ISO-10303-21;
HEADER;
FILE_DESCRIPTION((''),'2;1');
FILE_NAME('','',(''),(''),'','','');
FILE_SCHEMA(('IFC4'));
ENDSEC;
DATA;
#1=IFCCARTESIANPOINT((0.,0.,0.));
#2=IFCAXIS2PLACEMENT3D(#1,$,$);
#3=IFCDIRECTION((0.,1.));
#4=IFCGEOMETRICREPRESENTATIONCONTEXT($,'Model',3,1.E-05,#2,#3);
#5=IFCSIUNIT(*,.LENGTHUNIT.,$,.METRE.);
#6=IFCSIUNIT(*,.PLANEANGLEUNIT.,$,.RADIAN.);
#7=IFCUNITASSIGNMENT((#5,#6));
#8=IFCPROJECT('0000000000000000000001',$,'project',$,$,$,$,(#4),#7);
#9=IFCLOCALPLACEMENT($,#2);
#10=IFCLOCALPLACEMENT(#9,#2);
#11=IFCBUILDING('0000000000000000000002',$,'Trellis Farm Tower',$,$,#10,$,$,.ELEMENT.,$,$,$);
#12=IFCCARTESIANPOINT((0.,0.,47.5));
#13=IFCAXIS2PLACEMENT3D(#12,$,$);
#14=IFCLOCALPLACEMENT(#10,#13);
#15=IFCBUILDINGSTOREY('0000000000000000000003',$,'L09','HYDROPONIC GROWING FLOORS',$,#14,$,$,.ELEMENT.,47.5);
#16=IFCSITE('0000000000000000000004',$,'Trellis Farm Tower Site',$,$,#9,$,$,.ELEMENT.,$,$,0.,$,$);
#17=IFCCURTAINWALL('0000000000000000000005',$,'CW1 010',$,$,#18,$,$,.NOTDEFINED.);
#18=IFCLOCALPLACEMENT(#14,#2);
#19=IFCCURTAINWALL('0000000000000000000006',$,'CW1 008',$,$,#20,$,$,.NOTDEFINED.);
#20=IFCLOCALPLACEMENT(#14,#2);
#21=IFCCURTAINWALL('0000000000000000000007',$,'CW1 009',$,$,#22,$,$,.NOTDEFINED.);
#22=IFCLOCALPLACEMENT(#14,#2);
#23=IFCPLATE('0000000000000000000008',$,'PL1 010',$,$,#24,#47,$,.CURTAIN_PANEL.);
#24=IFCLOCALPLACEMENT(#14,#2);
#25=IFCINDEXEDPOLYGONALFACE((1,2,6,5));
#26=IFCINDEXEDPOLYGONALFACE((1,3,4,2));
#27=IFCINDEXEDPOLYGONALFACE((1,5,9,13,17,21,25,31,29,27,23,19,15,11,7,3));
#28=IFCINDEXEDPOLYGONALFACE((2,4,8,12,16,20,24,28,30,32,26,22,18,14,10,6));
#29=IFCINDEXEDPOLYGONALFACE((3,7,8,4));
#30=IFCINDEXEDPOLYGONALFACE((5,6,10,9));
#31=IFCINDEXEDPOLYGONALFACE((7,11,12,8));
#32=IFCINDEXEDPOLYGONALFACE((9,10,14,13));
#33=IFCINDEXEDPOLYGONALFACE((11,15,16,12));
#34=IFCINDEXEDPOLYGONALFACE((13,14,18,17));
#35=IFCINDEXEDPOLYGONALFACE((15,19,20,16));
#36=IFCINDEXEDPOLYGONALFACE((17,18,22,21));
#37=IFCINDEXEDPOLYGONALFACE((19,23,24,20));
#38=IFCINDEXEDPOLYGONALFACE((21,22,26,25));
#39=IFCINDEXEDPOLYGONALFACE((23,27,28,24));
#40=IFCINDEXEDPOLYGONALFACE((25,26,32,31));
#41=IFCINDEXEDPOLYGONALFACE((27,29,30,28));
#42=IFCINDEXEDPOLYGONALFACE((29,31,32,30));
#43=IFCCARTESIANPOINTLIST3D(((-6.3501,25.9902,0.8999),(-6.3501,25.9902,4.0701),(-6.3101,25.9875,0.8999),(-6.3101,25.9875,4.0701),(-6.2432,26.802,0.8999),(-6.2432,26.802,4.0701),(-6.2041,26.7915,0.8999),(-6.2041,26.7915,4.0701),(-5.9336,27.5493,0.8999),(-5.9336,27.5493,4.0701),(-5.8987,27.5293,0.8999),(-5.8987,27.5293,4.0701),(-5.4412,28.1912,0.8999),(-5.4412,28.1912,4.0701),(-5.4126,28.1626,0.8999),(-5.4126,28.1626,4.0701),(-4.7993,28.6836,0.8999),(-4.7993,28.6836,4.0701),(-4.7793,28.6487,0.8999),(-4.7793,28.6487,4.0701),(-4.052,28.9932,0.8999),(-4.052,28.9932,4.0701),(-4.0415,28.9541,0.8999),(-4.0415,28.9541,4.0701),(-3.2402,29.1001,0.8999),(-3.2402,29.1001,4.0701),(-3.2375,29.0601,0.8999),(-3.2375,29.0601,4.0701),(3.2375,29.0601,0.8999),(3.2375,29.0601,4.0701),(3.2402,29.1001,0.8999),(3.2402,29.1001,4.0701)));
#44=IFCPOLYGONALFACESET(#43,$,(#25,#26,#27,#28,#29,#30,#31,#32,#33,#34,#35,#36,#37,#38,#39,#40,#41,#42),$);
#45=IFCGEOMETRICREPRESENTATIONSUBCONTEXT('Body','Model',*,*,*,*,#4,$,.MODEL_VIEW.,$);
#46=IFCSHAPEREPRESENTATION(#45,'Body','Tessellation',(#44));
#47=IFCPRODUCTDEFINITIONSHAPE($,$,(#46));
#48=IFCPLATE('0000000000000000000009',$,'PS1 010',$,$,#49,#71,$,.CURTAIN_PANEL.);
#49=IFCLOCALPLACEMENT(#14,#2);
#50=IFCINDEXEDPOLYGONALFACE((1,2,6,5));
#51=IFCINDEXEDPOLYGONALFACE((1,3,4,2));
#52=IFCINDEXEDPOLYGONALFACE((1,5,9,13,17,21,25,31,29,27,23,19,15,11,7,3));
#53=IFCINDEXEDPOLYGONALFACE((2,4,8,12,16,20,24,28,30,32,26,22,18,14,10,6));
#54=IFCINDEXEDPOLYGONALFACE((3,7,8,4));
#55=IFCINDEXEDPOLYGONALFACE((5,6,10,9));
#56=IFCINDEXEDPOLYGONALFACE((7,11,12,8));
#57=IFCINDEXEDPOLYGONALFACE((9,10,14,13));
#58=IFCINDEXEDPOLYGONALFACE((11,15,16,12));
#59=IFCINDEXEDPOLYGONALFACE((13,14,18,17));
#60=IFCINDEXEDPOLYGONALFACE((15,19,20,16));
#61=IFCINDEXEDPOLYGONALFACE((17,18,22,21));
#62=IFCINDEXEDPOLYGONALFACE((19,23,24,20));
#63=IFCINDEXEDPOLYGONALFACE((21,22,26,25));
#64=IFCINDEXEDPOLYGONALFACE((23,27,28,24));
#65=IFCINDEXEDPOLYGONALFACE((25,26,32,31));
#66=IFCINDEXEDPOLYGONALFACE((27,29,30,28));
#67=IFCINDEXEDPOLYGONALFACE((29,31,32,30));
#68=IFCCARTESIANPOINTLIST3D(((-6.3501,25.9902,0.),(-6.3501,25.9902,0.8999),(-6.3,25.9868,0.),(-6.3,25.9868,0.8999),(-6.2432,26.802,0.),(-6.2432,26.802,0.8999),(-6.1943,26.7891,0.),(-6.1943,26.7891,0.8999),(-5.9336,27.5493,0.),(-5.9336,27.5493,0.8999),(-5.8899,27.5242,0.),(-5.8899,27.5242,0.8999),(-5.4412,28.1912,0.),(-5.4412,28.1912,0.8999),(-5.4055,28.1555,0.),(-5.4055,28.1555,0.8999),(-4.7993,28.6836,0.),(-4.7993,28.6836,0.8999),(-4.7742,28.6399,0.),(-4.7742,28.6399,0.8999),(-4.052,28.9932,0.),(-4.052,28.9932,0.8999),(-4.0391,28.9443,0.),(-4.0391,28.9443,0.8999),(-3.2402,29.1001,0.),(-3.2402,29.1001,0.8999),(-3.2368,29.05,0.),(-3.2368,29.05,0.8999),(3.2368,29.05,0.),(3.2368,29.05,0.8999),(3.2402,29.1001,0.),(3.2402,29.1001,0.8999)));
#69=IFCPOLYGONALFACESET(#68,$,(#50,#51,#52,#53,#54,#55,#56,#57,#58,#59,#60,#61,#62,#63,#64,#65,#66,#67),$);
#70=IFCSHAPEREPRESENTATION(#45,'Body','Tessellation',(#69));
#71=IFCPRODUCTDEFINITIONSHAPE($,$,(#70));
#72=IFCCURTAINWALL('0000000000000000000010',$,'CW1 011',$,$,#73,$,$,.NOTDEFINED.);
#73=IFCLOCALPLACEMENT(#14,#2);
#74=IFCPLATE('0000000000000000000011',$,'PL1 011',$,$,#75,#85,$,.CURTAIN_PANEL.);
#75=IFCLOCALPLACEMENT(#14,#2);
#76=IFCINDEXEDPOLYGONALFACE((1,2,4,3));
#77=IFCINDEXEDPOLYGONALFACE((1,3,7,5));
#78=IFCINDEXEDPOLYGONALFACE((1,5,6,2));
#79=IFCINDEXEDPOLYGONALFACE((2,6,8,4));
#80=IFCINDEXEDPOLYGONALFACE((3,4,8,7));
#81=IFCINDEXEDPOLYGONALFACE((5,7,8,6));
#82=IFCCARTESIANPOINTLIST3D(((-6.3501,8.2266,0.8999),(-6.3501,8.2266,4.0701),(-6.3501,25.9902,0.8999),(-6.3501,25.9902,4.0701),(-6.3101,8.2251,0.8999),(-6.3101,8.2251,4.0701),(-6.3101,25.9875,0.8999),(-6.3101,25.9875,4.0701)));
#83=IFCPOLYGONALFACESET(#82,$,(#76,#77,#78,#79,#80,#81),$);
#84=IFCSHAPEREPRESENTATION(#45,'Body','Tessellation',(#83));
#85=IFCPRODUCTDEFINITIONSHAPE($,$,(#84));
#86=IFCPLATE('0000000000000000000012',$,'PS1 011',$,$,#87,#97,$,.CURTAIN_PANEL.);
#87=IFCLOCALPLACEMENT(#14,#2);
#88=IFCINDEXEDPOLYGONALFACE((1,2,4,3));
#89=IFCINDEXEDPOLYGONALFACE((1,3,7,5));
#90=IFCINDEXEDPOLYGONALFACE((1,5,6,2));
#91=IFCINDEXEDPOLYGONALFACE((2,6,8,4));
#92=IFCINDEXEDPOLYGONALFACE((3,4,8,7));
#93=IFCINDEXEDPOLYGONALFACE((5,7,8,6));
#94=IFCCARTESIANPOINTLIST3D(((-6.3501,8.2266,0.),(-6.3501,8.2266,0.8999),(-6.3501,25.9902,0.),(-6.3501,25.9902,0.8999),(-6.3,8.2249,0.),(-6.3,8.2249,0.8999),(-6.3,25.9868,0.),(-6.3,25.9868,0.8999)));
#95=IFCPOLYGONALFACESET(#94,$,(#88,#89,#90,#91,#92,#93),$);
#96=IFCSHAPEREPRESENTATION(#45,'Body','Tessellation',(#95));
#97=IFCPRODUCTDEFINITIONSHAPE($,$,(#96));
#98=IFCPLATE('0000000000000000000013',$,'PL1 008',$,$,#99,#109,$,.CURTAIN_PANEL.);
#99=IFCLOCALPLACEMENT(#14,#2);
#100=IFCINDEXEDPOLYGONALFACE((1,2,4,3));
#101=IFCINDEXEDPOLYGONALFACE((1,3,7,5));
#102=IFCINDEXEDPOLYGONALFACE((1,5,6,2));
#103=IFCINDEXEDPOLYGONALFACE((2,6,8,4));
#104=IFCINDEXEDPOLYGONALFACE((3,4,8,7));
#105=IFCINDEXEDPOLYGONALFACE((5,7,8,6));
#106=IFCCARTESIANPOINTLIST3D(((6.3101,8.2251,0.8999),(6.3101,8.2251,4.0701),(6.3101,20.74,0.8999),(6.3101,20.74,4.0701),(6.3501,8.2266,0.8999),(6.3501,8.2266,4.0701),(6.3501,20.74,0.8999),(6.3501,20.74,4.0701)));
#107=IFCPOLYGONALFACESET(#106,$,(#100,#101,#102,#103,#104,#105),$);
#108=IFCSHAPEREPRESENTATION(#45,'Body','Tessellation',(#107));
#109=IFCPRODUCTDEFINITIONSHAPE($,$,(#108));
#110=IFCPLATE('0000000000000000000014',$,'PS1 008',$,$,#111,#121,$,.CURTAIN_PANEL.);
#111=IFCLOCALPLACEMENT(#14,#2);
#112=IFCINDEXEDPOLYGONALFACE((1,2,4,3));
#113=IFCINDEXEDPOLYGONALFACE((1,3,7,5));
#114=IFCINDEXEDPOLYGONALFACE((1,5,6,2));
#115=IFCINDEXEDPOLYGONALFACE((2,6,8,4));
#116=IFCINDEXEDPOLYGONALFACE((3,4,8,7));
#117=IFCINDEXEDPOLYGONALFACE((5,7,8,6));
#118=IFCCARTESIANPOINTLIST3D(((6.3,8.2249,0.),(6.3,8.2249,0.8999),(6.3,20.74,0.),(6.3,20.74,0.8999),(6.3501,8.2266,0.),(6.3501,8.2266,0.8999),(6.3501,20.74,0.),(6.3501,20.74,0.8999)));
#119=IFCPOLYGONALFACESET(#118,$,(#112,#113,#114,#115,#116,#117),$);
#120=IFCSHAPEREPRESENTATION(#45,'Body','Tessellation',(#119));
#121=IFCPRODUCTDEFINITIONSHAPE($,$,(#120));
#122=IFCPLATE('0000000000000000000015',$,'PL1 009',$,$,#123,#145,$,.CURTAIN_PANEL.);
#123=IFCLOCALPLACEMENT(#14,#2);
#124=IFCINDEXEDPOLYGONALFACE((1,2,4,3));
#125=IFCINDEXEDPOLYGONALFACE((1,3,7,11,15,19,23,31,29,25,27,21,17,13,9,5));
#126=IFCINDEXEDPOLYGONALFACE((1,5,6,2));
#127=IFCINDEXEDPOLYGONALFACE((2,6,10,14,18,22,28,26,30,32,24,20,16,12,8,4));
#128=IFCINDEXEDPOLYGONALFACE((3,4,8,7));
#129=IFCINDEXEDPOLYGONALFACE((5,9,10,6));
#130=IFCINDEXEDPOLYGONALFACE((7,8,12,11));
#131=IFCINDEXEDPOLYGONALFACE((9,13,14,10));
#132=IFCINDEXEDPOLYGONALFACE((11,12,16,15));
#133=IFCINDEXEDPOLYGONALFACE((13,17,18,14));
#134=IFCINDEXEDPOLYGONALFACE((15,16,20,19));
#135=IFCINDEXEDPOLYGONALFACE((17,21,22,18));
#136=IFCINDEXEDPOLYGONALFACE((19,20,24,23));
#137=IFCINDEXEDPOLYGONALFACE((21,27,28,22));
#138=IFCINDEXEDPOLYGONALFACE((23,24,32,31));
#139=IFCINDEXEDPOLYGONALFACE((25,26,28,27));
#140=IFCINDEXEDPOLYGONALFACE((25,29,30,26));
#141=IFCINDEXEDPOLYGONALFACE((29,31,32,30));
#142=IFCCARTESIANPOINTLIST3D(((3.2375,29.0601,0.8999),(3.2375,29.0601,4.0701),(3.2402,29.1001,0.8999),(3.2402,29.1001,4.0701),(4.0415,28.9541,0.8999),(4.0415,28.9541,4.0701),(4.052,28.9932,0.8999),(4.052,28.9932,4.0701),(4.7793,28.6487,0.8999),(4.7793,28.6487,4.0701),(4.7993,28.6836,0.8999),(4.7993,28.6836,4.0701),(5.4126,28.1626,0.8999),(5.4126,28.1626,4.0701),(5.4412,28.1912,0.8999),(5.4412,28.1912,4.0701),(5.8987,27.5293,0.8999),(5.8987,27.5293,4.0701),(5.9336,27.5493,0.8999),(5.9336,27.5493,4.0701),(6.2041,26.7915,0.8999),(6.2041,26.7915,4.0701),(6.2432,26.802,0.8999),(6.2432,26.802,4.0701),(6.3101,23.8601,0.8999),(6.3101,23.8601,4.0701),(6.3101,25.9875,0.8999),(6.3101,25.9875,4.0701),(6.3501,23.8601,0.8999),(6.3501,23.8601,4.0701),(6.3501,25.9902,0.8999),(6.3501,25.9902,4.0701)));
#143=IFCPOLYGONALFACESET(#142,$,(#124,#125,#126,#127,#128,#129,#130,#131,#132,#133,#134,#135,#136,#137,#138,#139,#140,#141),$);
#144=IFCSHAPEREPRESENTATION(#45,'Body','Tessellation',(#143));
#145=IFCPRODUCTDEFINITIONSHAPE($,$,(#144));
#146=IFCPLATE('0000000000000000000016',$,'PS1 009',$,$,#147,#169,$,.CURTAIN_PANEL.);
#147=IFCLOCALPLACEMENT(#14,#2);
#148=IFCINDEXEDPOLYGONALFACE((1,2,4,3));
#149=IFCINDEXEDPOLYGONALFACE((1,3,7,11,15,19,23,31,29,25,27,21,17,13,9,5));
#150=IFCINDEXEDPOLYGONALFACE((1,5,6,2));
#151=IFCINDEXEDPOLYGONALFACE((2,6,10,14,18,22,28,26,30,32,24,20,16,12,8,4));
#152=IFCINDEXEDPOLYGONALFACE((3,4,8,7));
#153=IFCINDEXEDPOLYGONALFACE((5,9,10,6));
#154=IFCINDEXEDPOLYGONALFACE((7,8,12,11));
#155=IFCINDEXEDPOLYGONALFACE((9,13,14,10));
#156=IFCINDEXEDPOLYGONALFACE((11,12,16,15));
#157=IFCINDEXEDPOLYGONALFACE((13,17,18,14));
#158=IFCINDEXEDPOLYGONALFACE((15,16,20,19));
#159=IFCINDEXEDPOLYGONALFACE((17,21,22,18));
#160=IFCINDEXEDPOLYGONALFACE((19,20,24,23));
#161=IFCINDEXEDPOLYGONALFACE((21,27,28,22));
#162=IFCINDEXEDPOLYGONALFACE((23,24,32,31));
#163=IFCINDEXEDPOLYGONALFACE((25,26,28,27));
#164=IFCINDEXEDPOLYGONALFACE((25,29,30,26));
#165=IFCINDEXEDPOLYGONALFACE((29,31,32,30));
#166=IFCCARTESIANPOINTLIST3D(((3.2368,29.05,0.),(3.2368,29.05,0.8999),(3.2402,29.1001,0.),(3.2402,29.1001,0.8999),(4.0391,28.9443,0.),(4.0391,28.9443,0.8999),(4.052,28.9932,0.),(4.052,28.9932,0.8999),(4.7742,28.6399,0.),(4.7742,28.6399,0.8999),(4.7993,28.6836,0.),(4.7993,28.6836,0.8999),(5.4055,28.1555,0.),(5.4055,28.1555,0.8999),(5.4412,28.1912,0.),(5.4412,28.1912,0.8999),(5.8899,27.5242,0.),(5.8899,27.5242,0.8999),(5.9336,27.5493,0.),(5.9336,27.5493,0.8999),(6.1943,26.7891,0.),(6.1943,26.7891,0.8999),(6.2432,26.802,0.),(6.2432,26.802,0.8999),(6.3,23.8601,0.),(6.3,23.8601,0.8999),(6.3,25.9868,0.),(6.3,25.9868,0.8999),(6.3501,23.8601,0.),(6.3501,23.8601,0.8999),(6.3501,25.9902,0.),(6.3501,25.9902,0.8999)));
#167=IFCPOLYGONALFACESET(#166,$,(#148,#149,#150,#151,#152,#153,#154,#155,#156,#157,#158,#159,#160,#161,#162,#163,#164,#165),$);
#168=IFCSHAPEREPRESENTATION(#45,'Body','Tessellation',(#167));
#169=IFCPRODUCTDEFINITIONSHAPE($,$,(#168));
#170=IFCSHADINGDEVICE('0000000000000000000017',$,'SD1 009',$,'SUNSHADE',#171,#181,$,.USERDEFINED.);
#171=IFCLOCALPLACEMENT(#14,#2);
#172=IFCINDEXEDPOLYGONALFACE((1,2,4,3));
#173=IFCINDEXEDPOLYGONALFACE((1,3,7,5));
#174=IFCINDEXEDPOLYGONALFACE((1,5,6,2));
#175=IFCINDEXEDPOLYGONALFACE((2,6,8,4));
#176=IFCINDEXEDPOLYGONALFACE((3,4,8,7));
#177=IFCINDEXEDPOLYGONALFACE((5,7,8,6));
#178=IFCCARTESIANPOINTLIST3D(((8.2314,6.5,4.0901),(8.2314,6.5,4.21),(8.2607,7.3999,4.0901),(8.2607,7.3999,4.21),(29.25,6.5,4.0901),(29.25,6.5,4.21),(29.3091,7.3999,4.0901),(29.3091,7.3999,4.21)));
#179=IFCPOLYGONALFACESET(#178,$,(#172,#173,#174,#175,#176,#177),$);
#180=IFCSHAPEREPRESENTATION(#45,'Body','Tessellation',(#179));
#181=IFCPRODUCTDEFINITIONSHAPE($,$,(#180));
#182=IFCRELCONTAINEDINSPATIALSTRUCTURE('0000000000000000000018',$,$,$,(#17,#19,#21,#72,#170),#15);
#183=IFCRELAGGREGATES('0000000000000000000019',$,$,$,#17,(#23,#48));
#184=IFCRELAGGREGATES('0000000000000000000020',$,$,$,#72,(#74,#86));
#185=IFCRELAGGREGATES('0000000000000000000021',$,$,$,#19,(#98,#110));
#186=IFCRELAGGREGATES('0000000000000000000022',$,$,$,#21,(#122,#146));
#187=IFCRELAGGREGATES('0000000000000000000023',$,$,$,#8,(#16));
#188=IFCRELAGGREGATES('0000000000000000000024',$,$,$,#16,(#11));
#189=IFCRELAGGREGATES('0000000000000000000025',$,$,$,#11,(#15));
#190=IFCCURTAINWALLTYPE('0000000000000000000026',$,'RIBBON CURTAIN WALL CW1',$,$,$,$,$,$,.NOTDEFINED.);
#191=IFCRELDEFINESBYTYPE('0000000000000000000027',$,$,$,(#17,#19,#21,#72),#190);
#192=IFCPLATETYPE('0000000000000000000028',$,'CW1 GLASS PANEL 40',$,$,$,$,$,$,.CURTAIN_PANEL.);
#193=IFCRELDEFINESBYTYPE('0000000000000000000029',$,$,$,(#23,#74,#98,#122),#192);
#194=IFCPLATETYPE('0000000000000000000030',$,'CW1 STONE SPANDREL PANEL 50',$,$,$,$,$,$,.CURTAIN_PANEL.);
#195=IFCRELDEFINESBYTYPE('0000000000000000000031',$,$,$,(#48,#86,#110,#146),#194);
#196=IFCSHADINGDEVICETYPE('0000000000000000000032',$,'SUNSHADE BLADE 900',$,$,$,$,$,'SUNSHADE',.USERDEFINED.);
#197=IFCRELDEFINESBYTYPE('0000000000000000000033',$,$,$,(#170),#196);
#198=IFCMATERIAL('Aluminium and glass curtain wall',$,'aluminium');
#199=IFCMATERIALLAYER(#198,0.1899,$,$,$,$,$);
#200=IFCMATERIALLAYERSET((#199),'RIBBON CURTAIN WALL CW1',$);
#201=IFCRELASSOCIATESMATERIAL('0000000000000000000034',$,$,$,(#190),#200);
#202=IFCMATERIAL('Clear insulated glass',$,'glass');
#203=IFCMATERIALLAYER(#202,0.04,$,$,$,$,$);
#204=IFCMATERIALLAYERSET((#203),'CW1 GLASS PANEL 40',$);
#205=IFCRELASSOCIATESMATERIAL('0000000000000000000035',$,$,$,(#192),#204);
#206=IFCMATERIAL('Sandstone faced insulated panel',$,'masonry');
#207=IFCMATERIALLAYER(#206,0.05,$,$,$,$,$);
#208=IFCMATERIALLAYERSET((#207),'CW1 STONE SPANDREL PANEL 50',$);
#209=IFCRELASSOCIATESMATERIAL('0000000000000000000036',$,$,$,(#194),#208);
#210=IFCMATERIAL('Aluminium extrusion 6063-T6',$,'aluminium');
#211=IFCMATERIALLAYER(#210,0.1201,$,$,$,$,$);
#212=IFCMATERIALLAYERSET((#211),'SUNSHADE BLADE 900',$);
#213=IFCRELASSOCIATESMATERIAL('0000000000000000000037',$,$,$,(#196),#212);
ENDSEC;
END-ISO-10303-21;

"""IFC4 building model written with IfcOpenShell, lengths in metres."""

from ifc_helpers import new_model, si_unit, direction, frame, origin, place, context, subcontext, project, spatial, polyline, outline, extrude, source, transform, mapped, material, layer, layer_set, type_object, element, aggregate, save


model = new_model("IFC4")

# Units and contexts
model_context = context("Model", 3, precision=1e-05, world=origin(), true_north=direction((0.0, 1.0)))
body_context = subcontext(model_context, "Body", "Model", "MODEL_VIEW")
ifc_project = project(units=[si_unit("LENGTHUNIT", "METRE"), si_unit("PLANEANGLEUNIT", "RADIAN")], contexts=[model_context])

# Site, building, storey
site_placement = place(None, origin())
site = spatial("IfcSite", under=ifc_project, at=site_placement, Name="Trellis Farm Tower Site", CompositionType="ELEMENT", RefElevation=0.0)
building_placement = place(site_placement, origin())
building = spatial("IfcBuilding", under=site, at=building_placement, Name="Trellis Farm Tower", CompositionType="ELEMENT")
storey_placement = place(building_placement, frame((0.0, 0.0, 47.5)))
storey = spatial("IfcBuildingStorey", under=building, at=storey_placement, Name="L09", Description="HYDROPONIC GROWING FLOORS", CompositionType="ELEMENT", Elevation=47.5)

# Curtain walls
ifc_material_1 = material(Name="Aluminium and glass curtain wall", Category="aluminium")
ifc_layer_1 = layer(ifc_material_1, 0.1899)
ifc_layer_set_1 = layer_set([ifc_layer_1], Name="RIBBON CURTAIN WALL CW1")
curtain_wall_type_1 = type_object("IfcCurtainWallType", Name="RIBBON CURTAIN WALL CW1", PredefinedType="NOTDEFINED", material=ifc_layer_set_1)
placement_1 = place(storey_placement, origin())
ifc_material_2 = material(Name="Aluminium extrusion 6063-T6", Category="aluminium")
curtain_wall_1 = element("IfcCurtainWall", 1, at=placement_1, inside=storey, type_object=curtain_wall_type_1, Name="CW1 010", PredefinedType="NOTDEFINED")
curtain_wall_2 = element("IfcCurtainWall", 2, at=placement_1, inside=storey, type_object=curtain_wall_type_1, Name="CW1 008", PredefinedType="NOTDEFINED")
curtain_wall_3 = element("IfcCurtainWall", 3, at=placement_1, inside=storey, type_object=curtain_wall_type_1, Name="CW1 009", PredefinedType="NOTDEFINED")

# Plates
ifc_material_3 = material(Name="Clear insulated glass", Category="glass")
ifc_layer_2 = layer(ifc_material_3, 0.04)
ifc_layer_set_2 = layer_set([ifc_layer_2], Name="CW1 GLASS PANEL 40")
plate_type_1 = type_object("IfcPlateType", Name="CW1 GLASS PANEL 40", PredefinedType="CURTAIN_PANEL", material=ifc_layer_set_2)
placement_2 = place(storey_placement, frame((0.0, 0.0, 0.8999)))
ifc_material_4 = material(Name="Sandstone faced insulated panel", Category="masonry")
ifc_layer_3 = layer(ifc_material_4, 0.05)
ifc_layer_set_3 = layer_set([ifc_layer_3], Name="CW1 STONE SPANDREL PANEL 50")
plate_type_2 = type_object("IfcPlateType", Name="CW1 STONE SPANDREL PANEL 50", PredefinedType="CURTAIN_PANEL", material=ifc_layer_set_3)
shared_shape_1 = source(origin(), body_context, "Body", "SweptSolid", [
    extrude(outline(polyline([(3.2402, 29.1001), (-3.2402, 29.1001), (-4.052, 28.9932), (-4.7993, 28.6836), (-5.4412, 28.1912), (-5.9336, 27.5493), (-6.2432, 26.802), (-6.3501, 25.9902), (-6.3101, 25.9875), (-6.2041, 26.7915), (-5.8987, 27.5293), (-5.4126, 28.1626), (-4.7793, 28.6487), (-4.0415, 28.9541), (-3.2375, 29.0601), (3.2375, 29.0601), (3.2402, 29.1001)])), origin(), (0.0, 0.0, 1.0), 3.1702),
])
plate_1 = element("IfcPlate", 4, at=placement_2, type_object=plate_type_1, Name="PL1 010", PredefinedType="CURTAIN_PANEL", context=body_context, shape_type="MappedRepresentation", body=[
    mapped(shared_shape_1, transform((0.0, 0.0, 0.0))),
])
shared_shape_2 = source(origin(), body_context, "Body", "SweptSolid", [
    extrude(outline(polyline([(3.2402, 29.1001), (-3.2402, 29.1001), (-4.052, 28.9932), (-4.7993, 28.6836), (-5.4412, 28.1912), (-5.9336, 27.5493), (-6.2432, 26.802), (-6.3501, 25.9902), (-6.3, 25.9868), (-6.1943, 26.7891), (-5.8899, 27.5242), (-5.4055, 28.1555), (-4.7742, 28.6399), (-4.0391, 28.9443), (-3.2368, 29.05), (3.2368, 29.05), (3.2402, 29.1001)])), origin(), (0.0, 0.0, 1.0), 0.8999),
])
plate_2 = element("IfcPlate", 5, at=placement_1, type_object=plate_type_2, Name="PS1 010", PredefinedType="CURTAIN_PANEL", context=body_context, shape_type="MappedRepresentation", body=[
    mapped(shared_shape_2, transform((0.0, 0.0, 0.0))),
])
aggregate(curtain_wall_1, [plate_1, plate_2])

# Curtain wall, plates
curtain_wall_4 = element("IfcCurtainWall", 6, at=placement_1, inside=storey, type_object=curtain_wall_type_1, Name="CW1 011", PredefinedType="NOTDEFINED")
shared_shape_3 = source(origin(), body_context, "Body", "SweptSolid", [
    extrude(outline(polyline([(-6.3501, 25.9902), (-6.3501, 8.2266), (-6.3101, 8.2251), (-6.3101, 25.9875), (-6.3501, 25.9902)])), origin(), (0.0, 0.0, 1.0), 3.1702),
])
plate_3 = element("IfcPlate", 7, at=placement_2, type_object=plate_type_1, Name="PL1 011", PredefinedType="CURTAIN_PANEL", context=body_context, shape_type="MappedRepresentation", body=[
    mapped(shared_shape_3, transform((0.0, 0.0, 0.0))),
])
shared_shape_4 = source(origin(), body_context, "Body", "SweptSolid", [
    extrude(outline(polyline([(-6.3501, 25.9902), (-6.3501, 8.2266), (-6.3, 8.2249), (-6.3, 25.9868), (-6.3501, 25.9902)])), origin(), (0.0, 0.0, 1.0), 0.8999),
])
plate_4 = element("IfcPlate", 8, at=placement_1, type_object=plate_type_2, Name="PS1 011", PredefinedType="CURTAIN_PANEL", context=body_context, shape_type="MappedRepresentation", body=[
    mapped(shared_shape_4, transform((0.0, 0.0, 0.0))),
])
aggregate(curtain_wall_4, [plate_3, plate_4])

# Plates
shared_shape_5 = source(origin(), body_context, "Body", "SweptSolid", [
    extrude(outline(polyline([(6.3501, 8.2266), (6.3501, 20.74), (6.3101, 20.74), (6.3101, 8.2251), (6.3501, 8.2266)])), origin(), (0.0, 0.0, 1.0), 3.1702),
])
plate_5 = element("IfcPlate", 9, at=placement_2, type_object=plate_type_1, Name="PL1 008", PredefinedType="CURTAIN_PANEL", context=body_context, shape_type="MappedRepresentation", body=[
    mapped(shared_shape_5, transform((0.0, 0.0, 0.0))),
])
shared_shape_6 = source(origin(), body_context, "Body", "SweptSolid", [
    extrude(outline(polyline([(6.3501, 8.2266), (6.3501, 20.74), (6.3, 20.74), (6.3, 8.2249), (6.3501, 8.2266)])), origin(), (0.0, 0.0, 1.0), 0.8999),
])
plate_6 = element("IfcPlate", 10, at=placement_1, type_object=plate_type_2, Name="PS1 008", PredefinedType="CURTAIN_PANEL", context=body_context, shape_type="MappedRepresentation", body=[
    mapped(shared_shape_6, transform((0.0, 0.0, 0.0))),
])
aggregate(curtain_wall_2, [plate_5, plate_6])
shared_shape_7 = source(origin(), body_context, "Body", "SweptSolid", [
    extrude(outline(polyline([(6.3501, 23.8601), (6.3501, 25.9902), (6.2432, 26.802), (5.9336, 27.5493), (5.4412, 28.1912), (4.7993, 28.6836), (4.052, 28.9932), (3.2402, 29.1001), (3.2375, 29.0601), (4.0415, 28.9541), (4.7793, 28.6487), (5.4126, 28.1626), (5.8987, 27.5293), (6.2041, 26.7915), (6.3101, 25.9875), (6.3101, 23.8601), (6.3501, 23.8601)])), origin(), (0.0, 0.0, 1.0), 3.1702),
])
plate_7 = element("IfcPlate", 11, at=placement_2, type_object=plate_type_1, Name="PL1 009", PredefinedType="CURTAIN_PANEL", context=body_context, shape_type="MappedRepresentation", body=[
    mapped(shared_shape_7, transform((0.0, 0.0, 0.0))),
])
shared_shape_8 = source(origin(), body_context, "Body", "SweptSolid", [
    extrude(outline(polyline([(6.3501, 23.8601), (6.3501, 25.9902), (6.2432, 26.802), (5.9336, 27.5493), (5.4412, 28.1912), (4.7993, 28.6836), (4.052, 28.9932), (3.2402, 29.1001), (3.2368, 29.05), (4.0391, 28.9443), (4.7742, 28.6399), (5.4055, 28.1555), (5.8899, 27.5242), (6.1943, 26.7891), (6.3, 25.9868), (6.3, 23.8601), (6.3501, 23.8601)])), origin(), (0.0, 0.0, 1.0), 0.8999),
])
plate_8 = element("IfcPlate", 12, at=placement_1, type_object=plate_type_2, Name="PS1 009", PredefinedType="CURTAIN_PANEL", context=body_context, shape_type="MappedRepresentation", body=[
    mapped(shared_shape_8, transform((0.0, 0.0, 0.0))),
])
aggregate(curtain_wall_3, [plate_7, plate_8])

# Shading device
ifc_layer_4 = layer(ifc_material_2, 0.1201)
ifc_layer_set_4 = layer_set([ifc_layer_4], Name="SUNSHADE BLADE 900")
shading_device_type_1 = type_object("IfcShadingDeviceType", Name="SUNSHADE BLADE 900", ElementType="SUNSHADE", PredefinedType="USERDEFINED", material=ifc_layer_set_4)
shared_shape_9 = source(origin(), body_context, "Body", "SweptSolid", [
    extrude(outline(polyline([(29.3091, 7.3999), (8.2607, 7.3999), (8.2314, 6.5), (29.25, 6.5), (29.3091, 7.3999)])), origin(), (0.0, 0.0, 1.0), 0.1199),
])
placement_3 = place(storey_placement, frame((0.0, 0.0, 4.0901)))
element("IfcShadingDevice", 13, at=placement_3, inside=storey, type_object=shading_device_type_1, Name="SD1 009", ObjectType="SUNSHADE", PredefinedType="USERDEFINED", context=body_context, shape_type="MappedRepresentation", body=[
    mapped(shared_shape_9, transform((0.0, 0.0, 0.0))),
])

save(model, "model.ifc")
